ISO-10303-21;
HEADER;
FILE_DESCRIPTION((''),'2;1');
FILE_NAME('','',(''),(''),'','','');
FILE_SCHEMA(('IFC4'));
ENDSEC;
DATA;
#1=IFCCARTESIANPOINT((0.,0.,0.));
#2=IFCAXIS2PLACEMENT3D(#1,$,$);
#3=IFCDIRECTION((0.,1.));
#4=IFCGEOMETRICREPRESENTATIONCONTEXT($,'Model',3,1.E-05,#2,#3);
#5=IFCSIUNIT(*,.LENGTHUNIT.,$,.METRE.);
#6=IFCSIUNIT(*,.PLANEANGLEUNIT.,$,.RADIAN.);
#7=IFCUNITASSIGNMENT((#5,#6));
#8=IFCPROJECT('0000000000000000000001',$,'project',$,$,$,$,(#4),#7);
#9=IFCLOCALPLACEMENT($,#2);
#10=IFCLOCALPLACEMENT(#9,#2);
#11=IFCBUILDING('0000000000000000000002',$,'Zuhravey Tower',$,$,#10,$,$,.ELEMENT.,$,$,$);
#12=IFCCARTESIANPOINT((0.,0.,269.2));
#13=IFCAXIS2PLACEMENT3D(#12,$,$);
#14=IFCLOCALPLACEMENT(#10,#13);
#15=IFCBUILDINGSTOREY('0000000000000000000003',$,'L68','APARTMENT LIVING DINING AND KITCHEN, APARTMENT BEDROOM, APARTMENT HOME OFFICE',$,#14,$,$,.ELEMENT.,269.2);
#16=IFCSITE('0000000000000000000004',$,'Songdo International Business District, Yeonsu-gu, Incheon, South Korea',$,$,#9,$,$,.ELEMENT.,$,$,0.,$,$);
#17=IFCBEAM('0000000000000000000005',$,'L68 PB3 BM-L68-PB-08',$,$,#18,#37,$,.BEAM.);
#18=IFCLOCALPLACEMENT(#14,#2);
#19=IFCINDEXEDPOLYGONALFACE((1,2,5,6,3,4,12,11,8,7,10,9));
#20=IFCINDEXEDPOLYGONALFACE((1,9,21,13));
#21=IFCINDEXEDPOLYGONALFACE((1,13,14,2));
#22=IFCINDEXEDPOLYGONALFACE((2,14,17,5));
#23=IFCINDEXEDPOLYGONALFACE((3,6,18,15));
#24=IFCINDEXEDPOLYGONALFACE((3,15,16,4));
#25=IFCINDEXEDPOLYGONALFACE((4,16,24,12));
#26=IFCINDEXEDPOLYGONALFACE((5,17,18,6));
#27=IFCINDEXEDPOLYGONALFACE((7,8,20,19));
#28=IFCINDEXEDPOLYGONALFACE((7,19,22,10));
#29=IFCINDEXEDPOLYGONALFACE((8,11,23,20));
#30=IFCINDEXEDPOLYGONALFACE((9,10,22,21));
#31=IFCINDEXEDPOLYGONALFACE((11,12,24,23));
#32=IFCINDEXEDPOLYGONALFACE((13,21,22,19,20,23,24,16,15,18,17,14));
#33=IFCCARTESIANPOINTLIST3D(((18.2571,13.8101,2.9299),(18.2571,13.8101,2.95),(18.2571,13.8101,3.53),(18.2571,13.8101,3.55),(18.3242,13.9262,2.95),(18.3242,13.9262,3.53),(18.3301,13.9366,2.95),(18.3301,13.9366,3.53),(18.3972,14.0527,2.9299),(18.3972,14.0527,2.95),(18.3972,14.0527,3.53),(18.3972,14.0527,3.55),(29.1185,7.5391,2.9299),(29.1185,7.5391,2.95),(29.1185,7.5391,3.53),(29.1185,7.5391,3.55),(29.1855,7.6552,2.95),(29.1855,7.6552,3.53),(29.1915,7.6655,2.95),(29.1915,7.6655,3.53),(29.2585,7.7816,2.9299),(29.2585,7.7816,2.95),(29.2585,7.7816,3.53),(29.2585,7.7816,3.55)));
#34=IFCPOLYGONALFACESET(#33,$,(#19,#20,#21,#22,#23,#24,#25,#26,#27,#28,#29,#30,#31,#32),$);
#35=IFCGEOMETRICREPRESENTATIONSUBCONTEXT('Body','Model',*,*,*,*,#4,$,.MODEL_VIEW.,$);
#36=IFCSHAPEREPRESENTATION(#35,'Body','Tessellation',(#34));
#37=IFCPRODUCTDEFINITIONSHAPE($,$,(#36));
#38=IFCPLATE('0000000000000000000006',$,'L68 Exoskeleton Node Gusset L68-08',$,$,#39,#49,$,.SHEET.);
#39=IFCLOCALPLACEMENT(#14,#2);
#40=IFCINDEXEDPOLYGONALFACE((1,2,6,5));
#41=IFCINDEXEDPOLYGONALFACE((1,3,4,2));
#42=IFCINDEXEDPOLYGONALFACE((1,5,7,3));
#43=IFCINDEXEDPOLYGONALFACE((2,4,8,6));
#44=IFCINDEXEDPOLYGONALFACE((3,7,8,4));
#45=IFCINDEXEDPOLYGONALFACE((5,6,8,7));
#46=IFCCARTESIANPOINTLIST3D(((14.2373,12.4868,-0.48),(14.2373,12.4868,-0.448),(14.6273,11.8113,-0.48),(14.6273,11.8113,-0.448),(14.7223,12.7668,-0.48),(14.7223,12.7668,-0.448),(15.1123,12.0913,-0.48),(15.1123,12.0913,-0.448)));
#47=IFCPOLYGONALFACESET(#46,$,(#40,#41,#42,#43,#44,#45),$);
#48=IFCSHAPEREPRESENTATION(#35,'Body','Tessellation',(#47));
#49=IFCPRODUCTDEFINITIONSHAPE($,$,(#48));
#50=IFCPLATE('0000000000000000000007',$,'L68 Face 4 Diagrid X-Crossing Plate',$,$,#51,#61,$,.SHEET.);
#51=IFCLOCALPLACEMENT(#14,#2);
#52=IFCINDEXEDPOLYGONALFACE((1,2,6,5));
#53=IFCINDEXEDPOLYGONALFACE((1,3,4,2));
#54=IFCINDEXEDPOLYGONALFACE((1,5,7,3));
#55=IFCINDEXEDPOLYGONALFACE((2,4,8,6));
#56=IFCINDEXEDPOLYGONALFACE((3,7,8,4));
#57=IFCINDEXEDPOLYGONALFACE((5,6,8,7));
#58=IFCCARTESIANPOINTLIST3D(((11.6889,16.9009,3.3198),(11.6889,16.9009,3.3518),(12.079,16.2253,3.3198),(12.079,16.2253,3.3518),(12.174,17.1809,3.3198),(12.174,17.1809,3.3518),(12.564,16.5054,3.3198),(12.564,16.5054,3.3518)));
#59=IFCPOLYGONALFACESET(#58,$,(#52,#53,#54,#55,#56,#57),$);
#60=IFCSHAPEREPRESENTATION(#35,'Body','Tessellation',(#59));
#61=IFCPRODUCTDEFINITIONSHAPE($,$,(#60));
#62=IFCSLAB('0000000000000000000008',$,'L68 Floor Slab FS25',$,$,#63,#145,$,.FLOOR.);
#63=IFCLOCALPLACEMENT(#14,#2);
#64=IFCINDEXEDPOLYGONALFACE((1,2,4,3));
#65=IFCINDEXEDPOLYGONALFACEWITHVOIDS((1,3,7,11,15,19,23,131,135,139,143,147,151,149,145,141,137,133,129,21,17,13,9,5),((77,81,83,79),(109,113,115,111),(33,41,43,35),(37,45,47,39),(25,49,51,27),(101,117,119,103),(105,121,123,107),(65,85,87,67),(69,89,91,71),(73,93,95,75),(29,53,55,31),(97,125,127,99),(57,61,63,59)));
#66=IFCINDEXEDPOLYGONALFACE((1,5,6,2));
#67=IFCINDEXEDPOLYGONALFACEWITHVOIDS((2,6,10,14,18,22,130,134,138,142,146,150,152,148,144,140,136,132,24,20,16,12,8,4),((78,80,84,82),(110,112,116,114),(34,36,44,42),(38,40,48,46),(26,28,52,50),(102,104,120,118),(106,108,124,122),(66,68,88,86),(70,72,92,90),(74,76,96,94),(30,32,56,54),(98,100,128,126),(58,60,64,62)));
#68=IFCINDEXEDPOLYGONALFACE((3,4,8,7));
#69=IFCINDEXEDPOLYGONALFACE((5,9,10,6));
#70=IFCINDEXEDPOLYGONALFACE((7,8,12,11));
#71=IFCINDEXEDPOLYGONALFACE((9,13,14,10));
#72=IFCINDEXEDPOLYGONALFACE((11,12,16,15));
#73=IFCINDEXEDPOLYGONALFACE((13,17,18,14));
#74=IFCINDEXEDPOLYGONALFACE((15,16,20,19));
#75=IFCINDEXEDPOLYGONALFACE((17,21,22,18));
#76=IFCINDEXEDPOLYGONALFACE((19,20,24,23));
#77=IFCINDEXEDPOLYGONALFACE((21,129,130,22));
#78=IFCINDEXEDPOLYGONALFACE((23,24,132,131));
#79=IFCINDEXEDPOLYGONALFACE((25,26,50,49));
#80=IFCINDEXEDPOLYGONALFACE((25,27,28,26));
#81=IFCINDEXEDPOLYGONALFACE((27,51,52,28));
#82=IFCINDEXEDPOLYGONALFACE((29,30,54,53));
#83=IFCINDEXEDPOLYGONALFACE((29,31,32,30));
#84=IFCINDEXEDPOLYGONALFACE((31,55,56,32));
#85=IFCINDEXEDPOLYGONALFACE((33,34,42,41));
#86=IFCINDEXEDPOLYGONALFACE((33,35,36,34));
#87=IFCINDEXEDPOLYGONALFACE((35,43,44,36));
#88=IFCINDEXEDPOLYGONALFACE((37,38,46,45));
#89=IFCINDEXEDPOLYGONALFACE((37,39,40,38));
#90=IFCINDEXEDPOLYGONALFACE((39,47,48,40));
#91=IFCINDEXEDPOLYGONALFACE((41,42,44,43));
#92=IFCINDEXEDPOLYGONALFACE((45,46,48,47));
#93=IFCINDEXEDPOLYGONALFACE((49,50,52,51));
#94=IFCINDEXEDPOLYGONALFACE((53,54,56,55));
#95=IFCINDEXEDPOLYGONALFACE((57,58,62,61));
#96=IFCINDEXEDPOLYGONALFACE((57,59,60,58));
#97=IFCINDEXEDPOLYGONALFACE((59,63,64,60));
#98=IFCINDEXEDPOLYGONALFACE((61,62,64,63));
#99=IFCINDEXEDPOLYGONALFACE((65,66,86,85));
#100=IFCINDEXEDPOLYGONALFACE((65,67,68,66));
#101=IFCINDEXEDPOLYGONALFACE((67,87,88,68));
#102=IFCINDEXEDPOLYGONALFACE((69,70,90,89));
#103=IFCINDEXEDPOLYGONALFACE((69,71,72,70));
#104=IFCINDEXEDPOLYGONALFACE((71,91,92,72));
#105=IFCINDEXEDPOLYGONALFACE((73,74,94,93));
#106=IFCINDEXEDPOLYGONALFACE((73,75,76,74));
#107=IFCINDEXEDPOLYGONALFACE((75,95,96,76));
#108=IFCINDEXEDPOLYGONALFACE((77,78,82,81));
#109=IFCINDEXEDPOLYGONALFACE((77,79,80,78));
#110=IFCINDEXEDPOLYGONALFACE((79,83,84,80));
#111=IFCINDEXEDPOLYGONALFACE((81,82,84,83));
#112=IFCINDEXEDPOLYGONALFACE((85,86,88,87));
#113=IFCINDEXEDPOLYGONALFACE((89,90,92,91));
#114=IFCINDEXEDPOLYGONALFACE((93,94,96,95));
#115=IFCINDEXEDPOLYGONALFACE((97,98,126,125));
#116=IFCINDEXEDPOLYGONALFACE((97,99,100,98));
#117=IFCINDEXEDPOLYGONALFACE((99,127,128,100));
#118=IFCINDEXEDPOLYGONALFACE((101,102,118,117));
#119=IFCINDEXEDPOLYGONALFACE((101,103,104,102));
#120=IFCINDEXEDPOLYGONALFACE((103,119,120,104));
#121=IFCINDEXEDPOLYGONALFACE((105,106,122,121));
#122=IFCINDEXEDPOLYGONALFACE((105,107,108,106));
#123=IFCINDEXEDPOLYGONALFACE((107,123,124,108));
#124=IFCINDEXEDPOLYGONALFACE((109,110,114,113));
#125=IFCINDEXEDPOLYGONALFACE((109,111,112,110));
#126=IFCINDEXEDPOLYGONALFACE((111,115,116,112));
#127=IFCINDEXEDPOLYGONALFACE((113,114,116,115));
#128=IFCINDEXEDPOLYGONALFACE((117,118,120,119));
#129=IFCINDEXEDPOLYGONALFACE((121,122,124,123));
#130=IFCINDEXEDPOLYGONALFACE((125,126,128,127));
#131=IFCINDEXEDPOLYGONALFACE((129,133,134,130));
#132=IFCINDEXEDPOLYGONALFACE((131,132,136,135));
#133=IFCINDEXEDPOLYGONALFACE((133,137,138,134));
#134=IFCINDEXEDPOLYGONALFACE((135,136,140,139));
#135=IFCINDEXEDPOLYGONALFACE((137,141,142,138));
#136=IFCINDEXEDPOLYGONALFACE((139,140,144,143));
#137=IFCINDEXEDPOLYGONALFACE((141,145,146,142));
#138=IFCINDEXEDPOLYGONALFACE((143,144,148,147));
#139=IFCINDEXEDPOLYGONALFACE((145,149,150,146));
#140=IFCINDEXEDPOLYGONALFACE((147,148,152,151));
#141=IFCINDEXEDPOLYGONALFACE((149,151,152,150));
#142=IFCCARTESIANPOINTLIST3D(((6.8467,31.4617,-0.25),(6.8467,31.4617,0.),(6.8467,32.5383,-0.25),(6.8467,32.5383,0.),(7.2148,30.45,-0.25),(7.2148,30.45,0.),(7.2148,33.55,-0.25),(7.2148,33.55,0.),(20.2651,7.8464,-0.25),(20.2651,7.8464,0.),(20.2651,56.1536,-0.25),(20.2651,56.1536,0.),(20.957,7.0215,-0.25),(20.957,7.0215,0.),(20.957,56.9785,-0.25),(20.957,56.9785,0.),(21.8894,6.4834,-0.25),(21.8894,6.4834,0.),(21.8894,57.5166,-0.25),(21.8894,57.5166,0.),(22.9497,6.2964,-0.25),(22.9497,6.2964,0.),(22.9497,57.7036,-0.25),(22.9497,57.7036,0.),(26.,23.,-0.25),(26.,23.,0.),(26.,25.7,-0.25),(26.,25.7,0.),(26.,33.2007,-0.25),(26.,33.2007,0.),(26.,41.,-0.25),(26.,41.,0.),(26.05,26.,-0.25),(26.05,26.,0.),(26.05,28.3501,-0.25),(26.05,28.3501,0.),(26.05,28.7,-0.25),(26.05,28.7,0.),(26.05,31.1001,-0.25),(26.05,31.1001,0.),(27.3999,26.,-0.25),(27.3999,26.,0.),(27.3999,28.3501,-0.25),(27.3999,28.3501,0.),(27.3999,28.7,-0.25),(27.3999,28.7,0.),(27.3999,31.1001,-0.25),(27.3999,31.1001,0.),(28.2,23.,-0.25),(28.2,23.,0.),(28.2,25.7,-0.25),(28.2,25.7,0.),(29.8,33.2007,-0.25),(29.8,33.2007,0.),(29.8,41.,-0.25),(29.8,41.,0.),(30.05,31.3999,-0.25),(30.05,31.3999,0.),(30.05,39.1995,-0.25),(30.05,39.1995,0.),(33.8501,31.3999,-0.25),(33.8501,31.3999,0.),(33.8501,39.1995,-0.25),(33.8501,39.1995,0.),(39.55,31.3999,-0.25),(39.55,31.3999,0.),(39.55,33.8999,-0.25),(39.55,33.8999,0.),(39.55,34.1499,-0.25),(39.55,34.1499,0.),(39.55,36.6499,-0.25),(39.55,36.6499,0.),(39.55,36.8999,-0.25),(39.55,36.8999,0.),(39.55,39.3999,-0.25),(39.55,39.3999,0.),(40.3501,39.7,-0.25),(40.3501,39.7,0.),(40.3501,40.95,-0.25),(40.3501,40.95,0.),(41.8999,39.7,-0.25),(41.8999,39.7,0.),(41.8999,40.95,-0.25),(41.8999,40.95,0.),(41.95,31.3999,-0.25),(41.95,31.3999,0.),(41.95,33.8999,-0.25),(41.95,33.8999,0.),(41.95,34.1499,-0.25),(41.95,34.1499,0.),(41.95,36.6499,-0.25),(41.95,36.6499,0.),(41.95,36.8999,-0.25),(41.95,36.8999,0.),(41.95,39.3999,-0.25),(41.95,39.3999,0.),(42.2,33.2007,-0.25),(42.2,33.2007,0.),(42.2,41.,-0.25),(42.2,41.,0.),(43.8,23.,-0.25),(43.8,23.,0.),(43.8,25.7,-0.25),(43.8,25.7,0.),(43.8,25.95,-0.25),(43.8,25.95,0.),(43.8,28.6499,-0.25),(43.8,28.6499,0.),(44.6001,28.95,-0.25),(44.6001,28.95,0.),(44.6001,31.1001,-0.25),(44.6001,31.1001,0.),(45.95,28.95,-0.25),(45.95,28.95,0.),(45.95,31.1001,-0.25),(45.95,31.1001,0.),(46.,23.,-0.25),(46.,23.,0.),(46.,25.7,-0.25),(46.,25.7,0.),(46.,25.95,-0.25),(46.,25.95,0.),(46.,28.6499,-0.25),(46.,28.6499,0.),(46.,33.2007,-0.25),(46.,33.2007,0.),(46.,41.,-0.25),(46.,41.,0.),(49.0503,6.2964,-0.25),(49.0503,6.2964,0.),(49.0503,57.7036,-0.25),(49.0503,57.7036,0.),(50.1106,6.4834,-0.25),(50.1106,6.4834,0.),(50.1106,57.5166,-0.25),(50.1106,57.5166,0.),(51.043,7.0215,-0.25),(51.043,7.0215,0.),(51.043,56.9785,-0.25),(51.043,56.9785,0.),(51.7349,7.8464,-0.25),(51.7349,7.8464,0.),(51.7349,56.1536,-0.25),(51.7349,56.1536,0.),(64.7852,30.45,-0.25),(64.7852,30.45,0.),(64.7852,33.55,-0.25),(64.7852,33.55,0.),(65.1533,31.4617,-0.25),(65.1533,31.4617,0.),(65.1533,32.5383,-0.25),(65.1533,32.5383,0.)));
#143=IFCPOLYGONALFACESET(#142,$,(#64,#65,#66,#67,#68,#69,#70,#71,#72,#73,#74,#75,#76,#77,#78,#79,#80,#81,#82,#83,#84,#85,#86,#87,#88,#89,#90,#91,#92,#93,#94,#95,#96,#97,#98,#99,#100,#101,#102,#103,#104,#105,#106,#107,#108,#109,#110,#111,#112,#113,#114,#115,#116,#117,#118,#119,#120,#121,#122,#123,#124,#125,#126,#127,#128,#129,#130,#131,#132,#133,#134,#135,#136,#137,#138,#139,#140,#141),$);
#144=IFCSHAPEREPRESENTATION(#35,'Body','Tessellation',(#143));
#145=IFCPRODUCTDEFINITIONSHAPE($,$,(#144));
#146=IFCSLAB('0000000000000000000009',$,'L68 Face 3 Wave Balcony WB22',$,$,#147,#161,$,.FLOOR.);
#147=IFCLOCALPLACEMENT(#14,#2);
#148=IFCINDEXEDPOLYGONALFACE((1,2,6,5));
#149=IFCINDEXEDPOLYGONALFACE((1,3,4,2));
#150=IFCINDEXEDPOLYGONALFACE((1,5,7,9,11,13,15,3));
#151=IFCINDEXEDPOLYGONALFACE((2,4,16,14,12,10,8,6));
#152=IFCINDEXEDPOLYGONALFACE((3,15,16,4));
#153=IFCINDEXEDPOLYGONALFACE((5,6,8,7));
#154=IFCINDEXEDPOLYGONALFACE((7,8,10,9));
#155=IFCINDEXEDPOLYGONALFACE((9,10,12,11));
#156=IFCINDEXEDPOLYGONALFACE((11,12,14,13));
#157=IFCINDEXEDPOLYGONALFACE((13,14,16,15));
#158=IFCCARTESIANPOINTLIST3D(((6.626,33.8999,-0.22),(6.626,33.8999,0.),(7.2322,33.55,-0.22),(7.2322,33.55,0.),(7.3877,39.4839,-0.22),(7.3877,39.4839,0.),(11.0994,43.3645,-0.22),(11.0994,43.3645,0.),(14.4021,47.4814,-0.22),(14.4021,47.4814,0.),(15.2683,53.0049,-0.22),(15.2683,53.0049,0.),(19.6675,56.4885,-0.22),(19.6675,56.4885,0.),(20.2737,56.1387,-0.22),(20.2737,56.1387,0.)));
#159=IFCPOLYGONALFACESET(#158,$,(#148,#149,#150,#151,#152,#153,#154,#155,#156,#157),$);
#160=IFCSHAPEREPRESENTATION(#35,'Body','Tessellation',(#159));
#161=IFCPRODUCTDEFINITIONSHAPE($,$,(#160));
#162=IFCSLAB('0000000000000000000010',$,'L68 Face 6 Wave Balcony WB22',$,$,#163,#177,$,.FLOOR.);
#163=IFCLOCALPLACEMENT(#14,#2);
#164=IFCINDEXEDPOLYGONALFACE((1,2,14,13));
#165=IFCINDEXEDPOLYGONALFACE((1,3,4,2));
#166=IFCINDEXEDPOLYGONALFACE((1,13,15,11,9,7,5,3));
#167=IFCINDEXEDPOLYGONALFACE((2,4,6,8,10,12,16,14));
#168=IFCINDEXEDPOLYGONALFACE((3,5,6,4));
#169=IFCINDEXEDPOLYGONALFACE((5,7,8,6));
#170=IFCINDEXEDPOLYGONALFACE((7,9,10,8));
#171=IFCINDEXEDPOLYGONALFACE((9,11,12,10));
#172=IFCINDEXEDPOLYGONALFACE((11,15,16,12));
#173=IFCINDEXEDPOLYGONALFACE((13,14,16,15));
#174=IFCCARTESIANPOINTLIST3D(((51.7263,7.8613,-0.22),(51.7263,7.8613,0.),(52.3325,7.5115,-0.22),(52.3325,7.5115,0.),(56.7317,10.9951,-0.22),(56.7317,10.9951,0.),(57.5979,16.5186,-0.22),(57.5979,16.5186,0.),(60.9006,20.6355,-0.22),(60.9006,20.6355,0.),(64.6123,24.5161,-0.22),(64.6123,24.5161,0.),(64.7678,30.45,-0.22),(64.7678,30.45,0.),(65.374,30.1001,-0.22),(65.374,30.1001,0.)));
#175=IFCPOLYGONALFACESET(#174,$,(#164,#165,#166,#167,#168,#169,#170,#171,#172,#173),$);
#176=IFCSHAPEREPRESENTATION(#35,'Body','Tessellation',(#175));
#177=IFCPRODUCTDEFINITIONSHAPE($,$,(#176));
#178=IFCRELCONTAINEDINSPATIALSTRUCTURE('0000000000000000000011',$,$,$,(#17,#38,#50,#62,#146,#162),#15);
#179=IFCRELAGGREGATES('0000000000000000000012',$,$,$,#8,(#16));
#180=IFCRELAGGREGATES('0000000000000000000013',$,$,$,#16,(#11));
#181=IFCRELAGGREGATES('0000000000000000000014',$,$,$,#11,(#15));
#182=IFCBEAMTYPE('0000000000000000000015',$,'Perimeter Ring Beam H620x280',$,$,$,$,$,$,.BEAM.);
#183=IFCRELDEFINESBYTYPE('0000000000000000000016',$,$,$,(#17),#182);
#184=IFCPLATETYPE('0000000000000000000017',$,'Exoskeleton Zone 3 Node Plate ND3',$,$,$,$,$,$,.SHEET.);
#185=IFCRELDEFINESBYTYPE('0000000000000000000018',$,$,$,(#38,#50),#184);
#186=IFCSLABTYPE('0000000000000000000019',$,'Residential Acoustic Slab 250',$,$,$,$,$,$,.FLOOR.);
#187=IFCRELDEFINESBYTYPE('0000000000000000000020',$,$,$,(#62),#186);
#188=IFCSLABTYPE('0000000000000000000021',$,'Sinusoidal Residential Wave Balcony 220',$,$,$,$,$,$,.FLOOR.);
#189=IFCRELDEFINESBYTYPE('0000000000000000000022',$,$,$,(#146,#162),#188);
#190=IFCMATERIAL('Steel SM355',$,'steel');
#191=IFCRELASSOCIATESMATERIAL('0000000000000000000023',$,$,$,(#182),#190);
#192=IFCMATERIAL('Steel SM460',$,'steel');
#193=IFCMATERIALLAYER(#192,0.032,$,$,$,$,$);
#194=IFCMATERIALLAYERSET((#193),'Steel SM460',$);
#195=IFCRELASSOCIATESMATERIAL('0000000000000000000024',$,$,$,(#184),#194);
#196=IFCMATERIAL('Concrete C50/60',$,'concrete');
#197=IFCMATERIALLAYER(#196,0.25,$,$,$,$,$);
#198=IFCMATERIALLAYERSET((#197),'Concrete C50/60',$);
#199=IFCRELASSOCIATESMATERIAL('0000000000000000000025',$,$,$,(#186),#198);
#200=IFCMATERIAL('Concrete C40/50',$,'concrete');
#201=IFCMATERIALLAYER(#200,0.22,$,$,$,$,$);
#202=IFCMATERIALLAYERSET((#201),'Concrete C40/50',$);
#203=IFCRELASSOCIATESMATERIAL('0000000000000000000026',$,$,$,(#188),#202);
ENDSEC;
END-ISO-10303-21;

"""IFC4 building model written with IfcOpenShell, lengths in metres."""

from ifc_helpers import new_model, si_unit, direction, frame, origin, origin_2d, place, context, subcontext, project, spatial, polyline, rectangle, i_section, outline, extrude, material, layer, layer_set, material_profile, profile_set, type_object, element, save


model = new_model("IFC4")

# Units and contexts
model_context = context("Model", 3, precision=1e-05, world=origin(), true_north=direction((0.0, 1.0)))
body_context = subcontext(model_context, "Body", "Model", "MODEL_VIEW")
ifc_project = project(units=[si_unit("LENGTHUNIT", "METRE"), si_unit("PLANEANGLEUNIT", "RADIAN")], contexts=[model_context])

# Site, building, storey
site_placement = place(None, origin())
site = spatial("IfcSite", under=ifc_project, at=site_placement, Name="Songdo International Business District, Yeonsu-gu, Incheon, South Korea", CompositionType="ELEMENT", RefElevation=0.0)
building_placement = place(site_placement, origin())
building = spatial("IfcBuilding", under=site, at=building_placement, Name="Zuhravey Tower", CompositionType="ELEMENT")
storey_placement = place(building_placement, frame((0.0, 0.0, 269.2)))
storey = spatial("IfcBuildingStorey", under=building, at=storey_placement, Name="L68", Description="APARTMENT LIVING DINING AND KITCHEN, APARTMENT BEDROOM, APARTMENT HOME OFFICE", CompositionType="ELEMENT", Elevation=269.2)

# Shared definitions
ifc_material_1 = material(Name="Concrete C50/60", Category="concrete")

# Shared definitions
ifc_material_2 = material(Name="Steel SM355", Category="steel")

# Beam
ifc_material_profile_1 = material_profile(ifc_material_2, i_section(OverallWidth=0.28, OverallDepth=0.6201, WebThickness=0.012, FlangeThickness=0.02, at=origin_2d()), Name="H-620x280x12x20")
ifc_profile_set_1 = profile_set([ifc_material_profile_1], Name="Steel SM355")
beam_type = type_object("IfcBeamType", Name="Perimeter Ring Beam H620x280", PredefinedType="BEAM", material=ifc_profile_set_1)
beam_placement = place(storey_placement, frame((18.3271, 13.9314, 3.24), z_axis=(0.866018, -0.500012, 0.0), x_axis=(0.500012, 0.866018, 0.0)))
element("IfcBeam", 1, at=beam_placement, inside=storey, type_object=beam_type, Name="L68 PB3 BM-L68-PB-08", PredefinedType="BEAM", context=body_context, shape_type="SweptSolid", body=[
    extrude(i_section(OverallWidth=0.28, OverallDepth=0.6201, WebThickness=0.012, FlangeThickness=0.02, at=origin_2d()), origin(), (0.0, 0.0, 1.0), 12.5417),
])

# Plates
ifc_material_3 = material(Name="Steel SM460", Category="steel")
ifc_layer_1 = layer(ifc_material_3, 0.032)
ifc_layer_set_1 = layer_set([ifc_layer_1], Name="Steel SM460")
plate_type_1 = type_object("IfcPlateType", Name="Exoskeleton Zone 3 Node Plate ND3", PredefinedType="SHEET", material=ifc_layer_set_1)
for number, where, z_axis, x_axis, name in (
    (2, (14.6748, 12.2891, -0.48), (0.0, 0.0, 1.0), (0.5, -0.866025, 0.0), "L68 Exoskeleton Node Gusset L68-08"),
    (3, (12.1265, 16.7031, 3.3198), (0.0, 0.0, 1.0), (0.5, -0.866025, 0.0), "L68 Face 4 Diagrid X-Crossing Plate"),
):
    element("IfcPlate", number, at=place(storey_placement, frame(where, z_axis=z_axis, x_axis=x_axis)), inside=storey, type_object=plate_type_1, Name=name, PredefinedType="SHEET", context=body_context, shape_type="SweptSolid", body=[
        extrude(rectangle(XDim=0.78, YDim=0.5601, at=origin_2d()), origin(), (0.0, 0.0, 1.0), 0.032),
    ])

# Slabs
ifc_layer_2 = layer(ifc_material_1, 0.25)
ifc_layer_set_2 = layer_set([ifc_layer_2], Name="Concrete C50/60")
slab_type_1 = type_object("IfcSlabType", Name="Residential Acoustic Slab 250", PredefinedType="FLOOR", material=ifc_layer_set_2)
slab_1_placement = place(storey_placement, frame((0.0, 0.0, -0.25)))
element("IfcSlab", 4, at=slab_1_placement, inside=storey, type_object=slab_type_1, Name="L68 Floor Slab FS25", PredefinedType="FLOOR", context=body_context, shape_type="SweptSolid", body=[
    extrude(outline(polyline([(64.7852, 30.45), (65.1533, 31.4617), (65.1533, 32.5383), (64.7852, 33.55), (51.7349, 56.1536), (51.043, 56.9785), (50.1106, 57.5166), (49.0503, 57.7036), (22.9497, 57.7036), (21.8894, 57.5166), (20.957, 56.9785), (20.2651, 56.1536), (7.2148, 33.55), (6.8467, 32.5383), (6.8467, 31.4617), (7.2148, 30.45), (20.2651, 7.8464), (20.957, 7.0215), (21.8894, 6.4834), (22.9497, 6.2964), (49.0503, 6.2964), (50.1106, 6.4834), (51.043, 7.0215), (51.7349, 7.8464), (64.7852, 30.45)]), holes=[polyline([(29.8, 33.2007), (29.8, 41.0), (26.0, 41.0), (26.0, 33.2007), (29.8, 33.2007)]), polyline([(46.0, 33.2007), (46.0, 41.0), (42.2, 41.0), (42.2, 33.2007), (46.0, 33.2007)]), polyline([(30.05, 39.1995), (30.05, 31.3999), (33.8501, 31.3999), (33.8501, 39.1995), (30.05, 39.1995)]), polyline([(39.55, 31.3999), (41.95, 31.3999), (41.95, 33.8999), (39.55, 33.8999), (39.55, 31.3999)]), polyline([(39.55, 34.1499), (41.95, 34.1499), (41.95, 36.6499), (39.55, 36.6499), (39.55, 34.1499)]), polyline([(39.55, 36.8999), (41.95, 36.8999), (41.95, 39.3999), (39.55, 39.3999), (39.55, 36.8999)]), polyline([(26.0, 23.0), (28.2, 23.0), (28.2, 25.7), (26.0, 25.7), (26.0, 23.0)]), polyline([(43.8, 23.0), (46.0, 23.0), (46.0, 25.7), (43.8, 25.7), (43.8, 23.0)]), polyline([(43.8, 25.95), (46.0, 25.95), (46.0, 28.6499), (43.8, 28.6499), (43.8, 25.95)]), polyline([(26.05, 26.0), (27.3999, 26.0), (27.3999, 28.3501), (26.05, 28.3501), (26.05, 26.0)]), polyline([(26.05, 28.7), (27.3999, 28.7), (27.3999, 31.1001), (26.05, 31.1001), (26.05, 28.7)]), polyline([(44.6001, 28.95), (45.95, 28.95), (45.95, 31.1001), (44.6001, 31.1001), (44.6001, 28.95)]), polyline([(40.3501, 39.7), (41.8999, 39.7), (41.8999, 40.95), (40.3501, 40.95), (40.3501, 39.7)])]), origin(), (0.0, 0.0, 1.0), 0.25),
])
ifc_material_4 = material(Name="Concrete C40/50", Category="concrete")
ifc_layer_3 = layer(ifc_material_4, 0.22)
ifc_layer_set_3 = layer_set([ifc_layer_3], Name="Concrete C40/50")
slab_type_2 = type_object("IfcSlabType", Name="Sinusoidal Residential Wave Balcony 220", PredefinedType="FLOOR", material=ifc_layer_set_3)
slab_2_placement = place(storey_placement, frame((0.0, 0.0, -0.22)))
element("IfcSlab", 5, at=slab_2_placement, inside=storey, type_object=slab_type_2, Name="L68 Face 3 Wave Balcony WB22", PredefinedType="FLOOR", context=body_context, shape_type="SweptSolid", body=[
    extrude(outline(polyline([(20.2737, 56.1387), (7.2322, 33.55), (6.626, 33.8999), (7.3877, 39.4839), (11.0994, 43.3645), (14.4021, 47.4814), (15.2683, 53.0049), (19.6675, 56.4885), (20.2737, 56.1387)])), origin(), (0.0, 0.0, 1.0), 0.22),
])
slab_3_placement = place(storey_placement, frame((0.0, 0.0, -0.22)))
element("IfcSlab", 6, at=slab_3_placement, inside=storey, type_object=slab_type_2, Name="L68 Face 6 Wave Balcony WB22", PredefinedType="FLOOR", context=body_context, shape_type="SweptSolid", body=[
    extrude(outline(polyline([(51.7263, 7.8613), (64.7678, 30.45), (65.374, 30.1001), (64.6123, 24.5161), (60.9006, 20.6355), (57.5979, 16.5186), (56.7317, 10.9951), (52.3325, 7.5115), (51.7263, 7.8613)])), origin(), (0.0, 0.0, 1.0), 0.22),
])

save(model, "model.ifc")
